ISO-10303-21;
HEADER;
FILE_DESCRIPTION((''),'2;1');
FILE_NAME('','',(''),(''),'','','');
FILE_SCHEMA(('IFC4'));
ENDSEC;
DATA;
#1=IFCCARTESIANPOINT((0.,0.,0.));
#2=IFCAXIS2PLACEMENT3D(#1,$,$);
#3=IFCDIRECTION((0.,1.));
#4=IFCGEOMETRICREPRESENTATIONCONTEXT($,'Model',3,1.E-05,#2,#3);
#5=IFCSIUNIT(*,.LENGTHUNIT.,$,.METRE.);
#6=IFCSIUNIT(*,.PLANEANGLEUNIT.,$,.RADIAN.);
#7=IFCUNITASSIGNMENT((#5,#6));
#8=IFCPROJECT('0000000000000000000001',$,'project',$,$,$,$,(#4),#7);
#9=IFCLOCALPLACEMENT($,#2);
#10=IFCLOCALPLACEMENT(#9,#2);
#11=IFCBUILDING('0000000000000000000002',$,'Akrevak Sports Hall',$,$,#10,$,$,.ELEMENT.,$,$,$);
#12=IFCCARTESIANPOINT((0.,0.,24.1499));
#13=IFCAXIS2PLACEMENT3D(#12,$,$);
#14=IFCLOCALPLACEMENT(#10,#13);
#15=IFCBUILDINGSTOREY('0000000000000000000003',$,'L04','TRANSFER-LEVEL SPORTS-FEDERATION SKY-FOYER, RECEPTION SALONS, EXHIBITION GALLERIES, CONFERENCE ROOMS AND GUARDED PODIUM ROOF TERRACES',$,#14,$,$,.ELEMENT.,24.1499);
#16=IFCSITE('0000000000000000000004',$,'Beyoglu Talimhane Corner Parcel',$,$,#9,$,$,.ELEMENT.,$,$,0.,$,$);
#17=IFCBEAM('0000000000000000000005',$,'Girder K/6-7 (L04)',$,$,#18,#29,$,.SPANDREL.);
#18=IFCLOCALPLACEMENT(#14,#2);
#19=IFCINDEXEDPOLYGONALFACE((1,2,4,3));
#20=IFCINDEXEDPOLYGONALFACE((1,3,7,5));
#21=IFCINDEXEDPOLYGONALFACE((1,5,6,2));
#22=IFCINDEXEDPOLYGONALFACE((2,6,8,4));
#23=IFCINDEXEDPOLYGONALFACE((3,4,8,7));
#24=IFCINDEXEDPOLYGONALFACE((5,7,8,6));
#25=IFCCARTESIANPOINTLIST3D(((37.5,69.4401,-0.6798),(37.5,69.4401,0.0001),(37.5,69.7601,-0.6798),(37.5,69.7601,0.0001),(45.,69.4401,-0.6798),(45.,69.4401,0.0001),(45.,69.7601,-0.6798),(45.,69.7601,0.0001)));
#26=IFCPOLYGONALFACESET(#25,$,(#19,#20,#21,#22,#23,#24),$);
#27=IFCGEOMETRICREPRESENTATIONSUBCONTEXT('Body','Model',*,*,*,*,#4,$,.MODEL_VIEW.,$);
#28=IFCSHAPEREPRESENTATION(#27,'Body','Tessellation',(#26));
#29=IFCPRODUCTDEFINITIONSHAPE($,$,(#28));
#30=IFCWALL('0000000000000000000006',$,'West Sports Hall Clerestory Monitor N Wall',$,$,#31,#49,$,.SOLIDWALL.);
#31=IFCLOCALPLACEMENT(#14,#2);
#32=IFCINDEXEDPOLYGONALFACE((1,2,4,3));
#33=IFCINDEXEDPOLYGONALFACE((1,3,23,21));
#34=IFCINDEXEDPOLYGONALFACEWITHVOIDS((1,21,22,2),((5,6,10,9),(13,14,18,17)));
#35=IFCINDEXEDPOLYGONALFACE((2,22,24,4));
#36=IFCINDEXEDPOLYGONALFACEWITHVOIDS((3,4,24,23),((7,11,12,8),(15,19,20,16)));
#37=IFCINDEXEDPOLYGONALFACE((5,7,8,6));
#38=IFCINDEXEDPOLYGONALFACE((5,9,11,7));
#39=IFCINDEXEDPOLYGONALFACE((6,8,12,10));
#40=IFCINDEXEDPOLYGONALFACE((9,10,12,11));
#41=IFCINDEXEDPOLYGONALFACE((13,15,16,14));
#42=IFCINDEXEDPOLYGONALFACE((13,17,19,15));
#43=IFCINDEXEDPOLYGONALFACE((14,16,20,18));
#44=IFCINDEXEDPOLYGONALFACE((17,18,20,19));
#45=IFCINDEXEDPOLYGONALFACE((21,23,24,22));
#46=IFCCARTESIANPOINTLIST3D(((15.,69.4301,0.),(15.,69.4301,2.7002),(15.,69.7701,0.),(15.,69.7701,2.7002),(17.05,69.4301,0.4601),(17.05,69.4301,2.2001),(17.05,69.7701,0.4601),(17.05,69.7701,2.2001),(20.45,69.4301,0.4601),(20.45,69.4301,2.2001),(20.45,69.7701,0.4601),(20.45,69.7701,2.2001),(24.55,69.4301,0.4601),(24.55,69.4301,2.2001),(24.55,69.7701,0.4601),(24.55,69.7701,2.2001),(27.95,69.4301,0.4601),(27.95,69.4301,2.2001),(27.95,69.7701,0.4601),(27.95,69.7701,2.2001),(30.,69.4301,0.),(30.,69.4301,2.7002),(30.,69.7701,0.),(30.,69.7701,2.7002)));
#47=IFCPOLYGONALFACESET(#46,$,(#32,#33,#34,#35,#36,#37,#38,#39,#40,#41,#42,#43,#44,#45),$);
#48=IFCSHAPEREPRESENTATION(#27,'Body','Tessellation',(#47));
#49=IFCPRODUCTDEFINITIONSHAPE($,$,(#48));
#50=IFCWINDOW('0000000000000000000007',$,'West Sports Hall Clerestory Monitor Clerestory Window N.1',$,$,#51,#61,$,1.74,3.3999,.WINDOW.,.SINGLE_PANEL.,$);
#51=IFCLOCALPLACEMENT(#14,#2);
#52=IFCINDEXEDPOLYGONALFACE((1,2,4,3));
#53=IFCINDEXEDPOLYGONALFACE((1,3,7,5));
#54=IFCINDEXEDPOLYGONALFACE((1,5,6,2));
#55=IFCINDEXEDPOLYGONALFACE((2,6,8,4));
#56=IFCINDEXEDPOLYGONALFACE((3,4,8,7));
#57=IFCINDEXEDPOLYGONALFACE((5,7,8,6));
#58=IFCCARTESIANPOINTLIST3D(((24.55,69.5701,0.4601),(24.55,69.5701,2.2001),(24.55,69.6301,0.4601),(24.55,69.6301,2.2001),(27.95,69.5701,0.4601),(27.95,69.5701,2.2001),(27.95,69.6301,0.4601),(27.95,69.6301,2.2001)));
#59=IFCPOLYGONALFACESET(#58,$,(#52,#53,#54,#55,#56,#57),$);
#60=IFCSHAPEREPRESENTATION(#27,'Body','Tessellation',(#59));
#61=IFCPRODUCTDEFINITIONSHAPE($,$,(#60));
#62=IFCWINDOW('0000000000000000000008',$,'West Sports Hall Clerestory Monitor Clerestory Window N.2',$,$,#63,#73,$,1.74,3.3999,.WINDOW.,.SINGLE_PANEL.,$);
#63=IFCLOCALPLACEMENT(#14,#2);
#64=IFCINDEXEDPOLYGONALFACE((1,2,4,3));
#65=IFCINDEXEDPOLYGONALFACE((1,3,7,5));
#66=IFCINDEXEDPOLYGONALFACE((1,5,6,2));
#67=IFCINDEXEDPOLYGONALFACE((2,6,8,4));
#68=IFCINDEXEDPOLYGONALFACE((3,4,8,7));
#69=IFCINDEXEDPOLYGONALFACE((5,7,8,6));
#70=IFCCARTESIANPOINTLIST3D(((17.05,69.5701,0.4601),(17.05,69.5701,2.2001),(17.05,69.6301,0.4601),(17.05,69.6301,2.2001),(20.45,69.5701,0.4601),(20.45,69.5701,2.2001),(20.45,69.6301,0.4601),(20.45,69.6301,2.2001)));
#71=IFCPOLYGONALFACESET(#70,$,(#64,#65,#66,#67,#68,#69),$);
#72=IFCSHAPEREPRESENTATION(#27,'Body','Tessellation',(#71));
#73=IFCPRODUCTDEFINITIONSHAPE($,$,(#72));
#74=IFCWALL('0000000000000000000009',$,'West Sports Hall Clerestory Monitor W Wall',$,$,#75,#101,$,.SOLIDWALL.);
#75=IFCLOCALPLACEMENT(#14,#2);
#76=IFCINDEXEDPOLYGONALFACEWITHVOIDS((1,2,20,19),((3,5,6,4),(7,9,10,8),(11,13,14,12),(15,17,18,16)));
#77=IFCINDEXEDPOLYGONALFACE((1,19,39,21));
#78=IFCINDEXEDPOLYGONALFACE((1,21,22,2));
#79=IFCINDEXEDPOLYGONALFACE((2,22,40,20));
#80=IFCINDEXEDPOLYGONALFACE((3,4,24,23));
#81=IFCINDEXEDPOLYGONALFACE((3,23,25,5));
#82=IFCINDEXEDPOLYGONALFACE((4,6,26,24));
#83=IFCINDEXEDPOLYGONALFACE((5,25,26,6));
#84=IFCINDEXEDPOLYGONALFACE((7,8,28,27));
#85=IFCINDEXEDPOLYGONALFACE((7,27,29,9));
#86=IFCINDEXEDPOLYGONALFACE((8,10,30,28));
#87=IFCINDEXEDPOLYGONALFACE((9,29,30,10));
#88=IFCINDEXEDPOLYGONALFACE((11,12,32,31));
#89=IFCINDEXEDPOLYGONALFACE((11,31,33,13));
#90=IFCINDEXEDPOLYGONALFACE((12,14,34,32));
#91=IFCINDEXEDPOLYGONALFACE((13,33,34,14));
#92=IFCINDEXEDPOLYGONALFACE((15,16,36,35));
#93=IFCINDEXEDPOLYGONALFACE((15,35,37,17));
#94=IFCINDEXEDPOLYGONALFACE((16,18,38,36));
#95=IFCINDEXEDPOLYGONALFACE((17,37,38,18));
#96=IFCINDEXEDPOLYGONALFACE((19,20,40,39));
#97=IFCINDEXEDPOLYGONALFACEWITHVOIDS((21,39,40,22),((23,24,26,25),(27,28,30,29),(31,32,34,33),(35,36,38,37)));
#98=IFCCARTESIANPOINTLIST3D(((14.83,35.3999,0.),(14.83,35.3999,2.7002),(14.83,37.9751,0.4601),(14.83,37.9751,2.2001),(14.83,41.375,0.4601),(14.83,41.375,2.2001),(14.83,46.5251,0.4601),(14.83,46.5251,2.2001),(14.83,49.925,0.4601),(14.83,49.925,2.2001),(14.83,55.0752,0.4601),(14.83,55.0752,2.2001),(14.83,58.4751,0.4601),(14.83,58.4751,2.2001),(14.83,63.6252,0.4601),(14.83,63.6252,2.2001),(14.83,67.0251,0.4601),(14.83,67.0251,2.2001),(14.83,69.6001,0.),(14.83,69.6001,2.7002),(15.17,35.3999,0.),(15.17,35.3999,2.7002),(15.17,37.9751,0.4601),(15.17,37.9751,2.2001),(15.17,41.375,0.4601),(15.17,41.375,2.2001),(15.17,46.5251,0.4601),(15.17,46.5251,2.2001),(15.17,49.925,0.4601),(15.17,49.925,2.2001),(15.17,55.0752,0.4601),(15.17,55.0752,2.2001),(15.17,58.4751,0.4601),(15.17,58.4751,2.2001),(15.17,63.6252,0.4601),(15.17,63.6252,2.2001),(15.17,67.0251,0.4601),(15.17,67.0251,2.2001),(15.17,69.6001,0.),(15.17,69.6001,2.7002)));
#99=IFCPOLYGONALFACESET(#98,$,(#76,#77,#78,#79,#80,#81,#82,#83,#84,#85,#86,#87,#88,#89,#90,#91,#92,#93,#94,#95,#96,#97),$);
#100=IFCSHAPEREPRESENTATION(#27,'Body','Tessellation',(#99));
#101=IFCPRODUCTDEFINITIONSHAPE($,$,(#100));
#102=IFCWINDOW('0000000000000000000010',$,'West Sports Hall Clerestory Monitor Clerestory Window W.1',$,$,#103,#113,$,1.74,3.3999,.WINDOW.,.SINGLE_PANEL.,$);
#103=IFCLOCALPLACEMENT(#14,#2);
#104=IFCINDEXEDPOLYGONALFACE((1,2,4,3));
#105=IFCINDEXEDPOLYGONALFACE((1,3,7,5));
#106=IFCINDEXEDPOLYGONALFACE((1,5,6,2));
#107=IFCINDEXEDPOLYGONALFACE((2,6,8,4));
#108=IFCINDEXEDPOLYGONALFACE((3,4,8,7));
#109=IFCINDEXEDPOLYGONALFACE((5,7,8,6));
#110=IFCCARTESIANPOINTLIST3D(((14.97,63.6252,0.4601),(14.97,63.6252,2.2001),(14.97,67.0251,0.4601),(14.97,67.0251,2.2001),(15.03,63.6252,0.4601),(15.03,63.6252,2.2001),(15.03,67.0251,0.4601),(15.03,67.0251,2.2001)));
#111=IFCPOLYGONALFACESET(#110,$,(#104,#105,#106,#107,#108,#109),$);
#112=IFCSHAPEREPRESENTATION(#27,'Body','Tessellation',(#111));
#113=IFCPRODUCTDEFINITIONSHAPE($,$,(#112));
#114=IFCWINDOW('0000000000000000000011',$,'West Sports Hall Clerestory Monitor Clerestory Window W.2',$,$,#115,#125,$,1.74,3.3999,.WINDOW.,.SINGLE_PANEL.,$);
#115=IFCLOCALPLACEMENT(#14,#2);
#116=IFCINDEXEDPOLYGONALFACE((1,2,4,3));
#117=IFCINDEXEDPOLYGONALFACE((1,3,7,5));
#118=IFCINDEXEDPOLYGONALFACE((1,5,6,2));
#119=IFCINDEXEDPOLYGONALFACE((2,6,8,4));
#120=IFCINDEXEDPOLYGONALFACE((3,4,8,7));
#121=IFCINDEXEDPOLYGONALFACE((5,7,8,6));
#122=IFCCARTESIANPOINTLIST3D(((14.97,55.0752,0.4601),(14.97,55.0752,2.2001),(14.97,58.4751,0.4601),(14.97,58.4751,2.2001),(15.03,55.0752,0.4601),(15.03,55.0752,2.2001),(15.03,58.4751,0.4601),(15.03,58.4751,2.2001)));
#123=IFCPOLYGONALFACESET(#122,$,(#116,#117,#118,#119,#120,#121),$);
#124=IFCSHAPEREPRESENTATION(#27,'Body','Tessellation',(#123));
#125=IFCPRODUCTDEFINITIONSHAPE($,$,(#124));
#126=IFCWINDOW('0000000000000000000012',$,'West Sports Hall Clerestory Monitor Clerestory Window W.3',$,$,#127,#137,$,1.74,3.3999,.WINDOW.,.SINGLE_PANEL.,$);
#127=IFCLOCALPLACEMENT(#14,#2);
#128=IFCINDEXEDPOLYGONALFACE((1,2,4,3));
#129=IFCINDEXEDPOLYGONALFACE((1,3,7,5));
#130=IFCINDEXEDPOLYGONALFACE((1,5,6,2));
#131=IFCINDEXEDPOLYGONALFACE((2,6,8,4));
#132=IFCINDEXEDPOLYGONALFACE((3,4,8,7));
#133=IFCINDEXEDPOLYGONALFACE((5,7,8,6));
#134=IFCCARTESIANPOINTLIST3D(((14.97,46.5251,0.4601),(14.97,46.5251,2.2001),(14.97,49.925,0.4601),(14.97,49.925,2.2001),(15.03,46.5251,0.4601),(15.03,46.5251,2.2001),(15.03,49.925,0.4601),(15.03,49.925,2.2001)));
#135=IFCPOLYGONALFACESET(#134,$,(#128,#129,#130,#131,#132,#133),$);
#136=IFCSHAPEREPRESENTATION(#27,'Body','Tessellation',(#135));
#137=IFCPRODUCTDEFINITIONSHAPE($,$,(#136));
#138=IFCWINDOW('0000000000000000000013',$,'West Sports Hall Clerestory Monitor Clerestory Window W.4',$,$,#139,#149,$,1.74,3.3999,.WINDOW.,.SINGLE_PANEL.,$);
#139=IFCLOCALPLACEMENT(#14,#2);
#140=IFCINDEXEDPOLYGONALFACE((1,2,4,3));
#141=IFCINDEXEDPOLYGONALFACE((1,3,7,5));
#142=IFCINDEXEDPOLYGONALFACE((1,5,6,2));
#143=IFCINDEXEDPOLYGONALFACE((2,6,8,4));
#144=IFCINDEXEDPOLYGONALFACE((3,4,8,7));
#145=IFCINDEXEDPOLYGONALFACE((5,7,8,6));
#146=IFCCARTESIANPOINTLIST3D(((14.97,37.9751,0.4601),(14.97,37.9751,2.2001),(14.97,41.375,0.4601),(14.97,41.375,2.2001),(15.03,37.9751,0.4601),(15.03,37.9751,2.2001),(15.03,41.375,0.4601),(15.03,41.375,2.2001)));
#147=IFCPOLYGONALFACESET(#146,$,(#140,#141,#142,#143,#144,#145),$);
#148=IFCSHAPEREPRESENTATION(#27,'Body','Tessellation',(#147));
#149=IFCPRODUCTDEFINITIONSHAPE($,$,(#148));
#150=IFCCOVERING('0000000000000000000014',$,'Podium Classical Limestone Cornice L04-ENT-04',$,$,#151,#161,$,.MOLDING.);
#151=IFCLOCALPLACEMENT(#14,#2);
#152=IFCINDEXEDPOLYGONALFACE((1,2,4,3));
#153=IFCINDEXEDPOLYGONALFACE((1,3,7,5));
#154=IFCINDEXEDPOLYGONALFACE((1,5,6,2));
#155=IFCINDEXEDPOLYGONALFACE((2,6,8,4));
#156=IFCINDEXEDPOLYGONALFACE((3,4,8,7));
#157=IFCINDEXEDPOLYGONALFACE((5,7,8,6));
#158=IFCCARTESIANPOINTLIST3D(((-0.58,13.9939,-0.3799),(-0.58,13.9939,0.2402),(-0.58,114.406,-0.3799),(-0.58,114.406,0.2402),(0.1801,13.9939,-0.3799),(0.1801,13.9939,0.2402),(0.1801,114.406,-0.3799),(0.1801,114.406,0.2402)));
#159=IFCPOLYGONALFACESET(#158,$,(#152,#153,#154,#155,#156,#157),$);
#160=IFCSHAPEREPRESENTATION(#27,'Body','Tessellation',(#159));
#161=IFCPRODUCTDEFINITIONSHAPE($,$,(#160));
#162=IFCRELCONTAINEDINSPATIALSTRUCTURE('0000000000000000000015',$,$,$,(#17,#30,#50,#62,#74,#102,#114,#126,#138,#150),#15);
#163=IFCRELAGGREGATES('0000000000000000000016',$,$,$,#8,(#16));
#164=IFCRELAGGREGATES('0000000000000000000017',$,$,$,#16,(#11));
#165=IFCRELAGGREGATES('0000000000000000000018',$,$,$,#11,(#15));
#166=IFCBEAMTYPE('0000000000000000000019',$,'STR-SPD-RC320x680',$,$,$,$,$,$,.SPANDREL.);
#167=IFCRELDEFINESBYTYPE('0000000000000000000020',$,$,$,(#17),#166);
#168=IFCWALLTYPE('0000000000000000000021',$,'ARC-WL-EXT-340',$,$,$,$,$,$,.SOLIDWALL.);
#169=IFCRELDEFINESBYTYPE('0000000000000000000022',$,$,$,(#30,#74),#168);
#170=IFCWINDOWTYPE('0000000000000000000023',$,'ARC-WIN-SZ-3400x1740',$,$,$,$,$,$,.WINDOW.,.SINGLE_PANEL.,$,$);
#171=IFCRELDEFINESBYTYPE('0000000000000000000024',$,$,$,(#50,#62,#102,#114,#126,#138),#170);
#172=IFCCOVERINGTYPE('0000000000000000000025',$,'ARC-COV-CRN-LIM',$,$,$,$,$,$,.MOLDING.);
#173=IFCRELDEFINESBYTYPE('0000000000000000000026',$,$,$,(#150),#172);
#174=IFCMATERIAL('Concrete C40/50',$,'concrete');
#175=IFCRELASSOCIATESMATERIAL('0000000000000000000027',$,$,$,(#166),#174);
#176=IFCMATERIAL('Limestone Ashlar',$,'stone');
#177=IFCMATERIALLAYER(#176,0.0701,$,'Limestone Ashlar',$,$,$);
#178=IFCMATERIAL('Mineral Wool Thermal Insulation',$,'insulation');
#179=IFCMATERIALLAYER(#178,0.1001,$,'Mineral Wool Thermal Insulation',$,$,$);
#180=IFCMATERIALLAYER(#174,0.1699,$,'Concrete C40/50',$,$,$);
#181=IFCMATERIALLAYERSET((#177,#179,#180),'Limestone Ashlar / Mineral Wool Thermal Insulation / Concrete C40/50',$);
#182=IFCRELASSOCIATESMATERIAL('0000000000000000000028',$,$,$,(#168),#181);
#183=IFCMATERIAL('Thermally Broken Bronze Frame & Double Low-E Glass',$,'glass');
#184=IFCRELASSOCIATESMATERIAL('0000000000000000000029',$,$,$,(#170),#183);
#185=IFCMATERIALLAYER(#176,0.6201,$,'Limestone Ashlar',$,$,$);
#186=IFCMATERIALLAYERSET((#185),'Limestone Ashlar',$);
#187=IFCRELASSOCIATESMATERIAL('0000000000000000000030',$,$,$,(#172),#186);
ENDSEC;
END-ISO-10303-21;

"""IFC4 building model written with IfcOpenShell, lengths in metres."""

from ifc_helpers import new_model, si_unit, direction, frame, frame_2d, origin, origin_2d, place, context, subcontext, project, spatial, rectangle, extrude, material, layer, layer_set, material_profile, profile_set, type_object, element, fill, save


model = new_model("IFC4")

# Units and contexts
model_context = context("Model", 3, precision=1e-05, world=origin(), true_north=direction((0.0, 1.0)))
body_context = subcontext(model_context, "Body", "Model", "MODEL_VIEW")
ifc_project = project(units=[si_unit("LENGTHUNIT", "METRE"), si_unit("PLANEANGLEUNIT", "RADIAN")], contexts=[model_context])

# Site, building, storey
site_placement = place(None, origin())
site = spatial("IfcSite", under=ifc_project, at=site_placement, Name="Beyoglu Talimhane Corner Parcel", CompositionType="ELEMENT", RefElevation=0.0)
building_placement = place(site_placement, origin())
building = spatial("IfcBuilding", under=site, at=building_placement, Name="Akrevak Sports Hall", CompositionType="ELEMENT")
storey_placement = place(building_placement, frame((0.0, 0.0, 24.1499)))
storey = spatial("IfcBuildingStorey", under=building, at=storey_placement, Name="L04", Description="TRANSFER-LEVEL SPORTS-FEDERATION SKY-FOYER, RECEPTION SALONS, EXHIBITION GALLERIES, CONFERENCE ROOMS AND GUARDED PODIUM ROOF TERRACES", CompositionType="ELEMENT", Elevation=24.1499)

# Shared definitions
ifc_material_1 = material(Name="Concrete C40/50", Category="concrete")

# Beam
ifc_material_profile_1 = material_profile(ifc_material_1, rectangle(XDim=0.3201, YDim=0.6799, at=origin_2d()), Name="SPD 320x680", Category="concrete")
ifc_profile_set_1 = profile_set([ifc_material_profile_1], Name="Concrete C40/50")
beam_type_1 = type_object("IfcBeamType", Name="STR-SPD-RC320x680", PredefinedType="SPANDREL", material=ifc_profile_set_1)
for number, where, z_axis, x_axis, name in (
    (1, (37.5, 69.6001, -0.3398), (1.0, 0.0, 0.0), (0.0, 1.0, 0.0), "Girder K/6-7 (L04)"),
):
    element("IfcBeam", number, at=place(storey_placement, frame(where, z_axis=z_axis, x_axis=x_axis)), inside=storey, type_object=beam_type_1, Name=name, PredefinedType="SPANDREL", context=body_context, shape_type="SweptSolid", body=[
        extrude(rectangle(XDim=0.3201, YDim=0.6799, at=origin_2d()), origin(), (0.0, 0.0, 1.0), 7.5),
    ])

# Walls, openings, windows
ifc_material_2 = material(Name="Limestone Ashlar", Category="stone")
ifc_layer_1 = layer(ifc_material_2, 0.0701, Name="Limestone Ashlar")
ifc_material_3 = material(Name="Mineral Wool Thermal Insulation", Category="insulation")
ifc_layer_2 = layer(ifc_material_3, 0.1001, Name="Mineral Wool Thermal Insulation")
ifc_layer_3 = layer(ifc_material_1, 0.1699, Name="Concrete C40/50")
ifc_layer_set_1 = layer_set([ifc_layer_1, ifc_layer_2, ifc_layer_3], Name="Limestone Ashlar / Mineral Wool Thermal Insulation / Concrete C40/50")
wall_type = type_object("IfcWallType", Name="ARC-WL-EXT-340", PredefinedType="SOLIDWALL", material=ifc_layer_set_1)
wall_1_placement = place(storey_placement, frame((30.0, 69.6001, 0.0), z_axis=(0.0, 0.0, 1.0), x_axis=(-1.0, 0.0, 0.0)))
wall_1 = element("IfcWall", 2, at=wall_1_placement, inside=storey, type_object=wall_type, Name="West Sports Hall Clerestory Monitor N Wall", PredefinedType="SOLIDWALL", context=body_context, shape_type="SweptSolid", body=[
    extrude(rectangle(XDim=15.0, YDim=0.3401, at=frame_2d((7.5, 0.0))), origin(), (0.0, 0.0, 1.0), 2.7002),
])
opening_1_placement = place(wall_1_placement, frame((2.05, 0.0, 0.46)))
opening_1 = element("IfcOpeningElement", 3, at=opening_1_placement, cuts=wall_1, PredefinedType="OPENING", context=body_context, shape_type="SweptSolid", body=[
    extrude(rectangle(XDim=3.3999, YDim=1.74, at=frame_2d((1.7, 0.8701))), frame((0.0, 0.1821, 0.0), z_axis=(0.0, -1.0, 0.0), x_axis=(1.0, 0.0, 0.0)), (0.0, 0.0, 1.0), 0.364),
])
opening_2_placement = place(wall_1_placement, frame((9.55, 0.0, 0.46)))
opening_2 = element("IfcOpeningElement", 4, at=opening_2_placement, cuts=wall_1, PredefinedType="OPENING", context=body_context, shape_type="SweptSolid", body=[
    extrude(rectangle(XDim=3.3999, YDim=1.74, at=frame_2d((1.7, 0.8701))), frame((0.0, 0.1821, 0.0), z_axis=(0.0, -1.0, 0.0), x_axis=(1.0, 0.0, 0.0)), (0.0, 0.0, 1.0), 0.364),
])
ifc_material_4 = material(Name="Thermally Broken Bronze Frame & Double Low-E Glass", Category="glass")
window_type = type_object("IfcWindowType", Name="ARC-WIN-SZ-3400x1740", PartitioningType="SINGLE_PANEL", PredefinedType="WINDOW", material=ifc_material_4)
window_1_placement = place(opening_1_placement, origin())
window_1 = element("IfcWindow", 5, at=window_1_placement, inside=storey, type_object=window_type, Name="West Sports Hall Clerestory Monitor Clerestory Window N.1", OverallHeight=1.74, OverallWidth=3.3999, PartitioningType="SINGLE_PANEL", PredefinedType="WINDOW", context=body_context, shape_type="SweptSolid", body=[
    extrude(rectangle(XDim=3.3999, YDim=1.74, at=frame_2d((1.7, 0.8701))), frame((0.0, 0.03, 0.0), z_axis=(0.0, -1.0, 0.0), x_axis=(1.0, 0.0, 0.0)), (0.0, 0.0, 1.0), 0.0601),
])
fill(opening_1, window_1)
window_2_placement = place(opening_2_placement, origin())
window_2 = element("IfcWindow", 6, at=window_2_placement, inside=storey, type_object=window_type, Name="West Sports Hall Clerestory Monitor Clerestory Window N.2", OverallHeight=1.74, OverallWidth=3.3999, PartitioningType="SINGLE_PANEL", PredefinedType="WINDOW", context=body_context, shape_type="SweptSolid", body=[
    extrude(rectangle(XDim=3.3999, YDim=1.74, at=frame_2d((1.7, 0.8701))), frame((0.0, 0.03, 0.0), z_axis=(0.0, -1.0, 0.0), x_axis=(1.0, 0.0, 0.0)), (0.0, 0.0, 1.0), 0.0601),
])
fill(opening_2, window_2)
wall_2_placement = place(storey_placement, frame((15.0, 69.6001, 0.0), z_axis=(0.0, 0.0, 1.0), x_axis=(0.0, -1.0, 0.0)))
wall_2 = element("IfcWall", 7, at=wall_2_placement, inside=storey, type_object=wall_type, Name="West Sports Hall Clerestory Monitor W Wall", PredefinedType="SOLIDWALL", context=body_context, shape_type="SweptSolid", body=[
    extrude(rectangle(XDim=34.2002, YDim=0.3401, at=frame_2d((17.1001, 0.0))), origin(), (0.0, 0.0, 1.0), 2.7002),
])
opening_3_placement = place(wall_2_placement, frame((2.575, 0.0, 0.46)))
opening_3 = element("IfcOpeningElement", 8, at=opening_3_placement, cuts=wall_2, PredefinedType="OPENING", context=body_context, shape_type="SweptSolid", body=[
    extrude(rectangle(XDim=3.3999, YDim=1.74, at=frame_2d((1.7, 0.8701))), frame((0.0, 0.1821, 0.0), z_axis=(0.0, -1.0, 0.0), x_axis=(1.0, 0.0, 0.0)), (0.0, 0.0, 1.0), 0.364),
])
opening_4_placement = place(wall_2_placement, frame((11.125, 0.0, 0.46)))
opening_4 = element("IfcOpeningElement", 9, at=opening_4_placement, cuts=wall_2, PredefinedType="OPENING", context=body_context, shape_type="SweptSolid", body=[
    extrude(rectangle(XDim=3.3999, YDim=1.74, at=frame_2d((1.7, 0.8701))), frame((0.0, 0.1821, 0.0), z_axis=(0.0, -1.0, 0.0), x_axis=(1.0, 0.0, 0.0)), (0.0, 0.0, 1.0), 0.364),
])
opening_5_placement = place(wall_2_placement, frame((19.675, 0.0, 0.46)))
opening_5 = element("IfcOpeningElement", 10, at=opening_5_placement, cuts=wall_2, PredefinedType="OPENING", context=body_context, shape_type="SweptSolid", body=[
    extrude(rectangle(XDim=3.3999, YDim=1.74, at=frame_2d((1.7, 0.8701))), frame((0.0, 0.1821, 0.0), z_axis=(0.0, -1.0, 0.0), x_axis=(1.0, 0.0, 0.0)), (0.0, 0.0, 1.0), 0.364),
])
opening_6_placement = place(wall_2_placement, frame((28.2251, 0.0, 0.46)))
opening_6 = element("IfcOpeningElement", 11, at=opening_6_placement, cuts=wall_2, PredefinedType="OPENING", context=body_context, shape_type="SweptSolid", body=[
    extrude(rectangle(XDim=3.3999, YDim=1.74, at=frame_2d((1.7, 0.8701))), frame((0.0, 0.1821, 0.0), z_axis=(0.0, -1.0, 0.0), x_axis=(1.0, 0.0, 0.0)), (0.0, 0.0, 1.0), 0.364),
])
window_3_placement = place(opening_3_placement, origin())
window_3 = element("IfcWindow", 12, at=window_3_placement, inside=storey, type_object=window_type, Name="West Sports Hall Clerestory Monitor Clerestory Window W.1", OverallHeight=1.74, OverallWidth=3.3999, PartitioningType="SINGLE_PANEL", PredefinedType="WINDOW", context=body_context, shape_type="SweptSolid", body=[
    extrude(rectangle(XDim=3.3999, YDim=1.74, at=frame_2d((1.7, 0.8701))), frame((0.0, 0.03, 0.0), z_axis=(0.0, -1.0, 0.0), x_axis=(1.0, 0.0, 0.0)), (0.0, 0.0, 1.0), 0.0601),
])
fill(opening_3, window_3)
window_4_placement = place(opening_4_placement, origin())
window_4 = element("IfcWindow", 13, at=window_4_placement, inside=storey, type_object=window_type, Name="West Sports Hall Clerestory Monitor Clerestory Window W.2", OverallHeight=1.74, OverallWidth=3.3999, PartitioningType="SINGLE_PANEL", PredefinedType="WINDOW", context=body_context, shape_type="SweptSolid", body=[
    extrude(rectangle(XDim=3.3999, YDim=1.74, at=frame_2d((1.7, 0.8701))), frame((0.0, 0.03, 0.0), z_axis=(0.0, -1.0, 0.0), x_axis=(1.0, 0.0, 0.0)), (0.0, 0.0, 1.0), 0.0601),
])
fill(opening_4, window_4)
window_5_placement = place(opening_5_placement, origin())
window_5 = element("IfcWindow", 14, at=window_5_placement, inside=storey, type_object=window_type, Name="West Sports Hall Clerestory Monitor Clerestory Window W.3", OverallHeight=1.74, OverallWidth=3.3999, PartitioningType="SINGLE_PANEL", PredefinedType="WINDOW", context=body_context, shape_type="SweptSolid", body=[
    extrude(rectangle(XDim=3.3999, YDim=1.74, at=frame_2d((1.7, 0.8701))), frame((0.0, 0.03, 0.0), z_axis=(0.0, -1.0, 0.0), x_axis=(1.0, 0.0, 0.0)), (0.0, 0.0, 1.0), 0.0601),
])
fill(opening_5, window_5)
window_6_placement = place(opening_6_placement, origin())
window_6 = element("IfcWindow", 15, at=window_6_placement, inside=storey, type_object=window_type, Name="West Sports Hall Clerestory Monitor Clerestory Window W.4", OverallHeight=1.74, OverallWidth=3.3999, PartitioningType="SINGLE_PANEL", PredefinedType="WINDOW", context=body_context, shape_type="SweptSolid", body=[
    extrude(rectangle(XDim=3.3999, YDim=1.74, at=frame_2d((1.7, 0.8701))), frame((0.0, 0.03, 0.0), z_axis=(0.0, -1.0, 0.0), x_axis=(1.0, 0.0, 0.0)), (0.0, 0.0, 1.0), 0.0601),
])
fill(opening_6, window_6)

# Covering
ifc_layer_4 = layer(ifc_material_2, 0.6201, Name="Limestone Ashlar")
ifc_layer_set_2 = layer_set([ifc_layer_4], Name="Limestone Ashlar")
covering_type_1 = type_object("IfcCoveringType", Name="ARC-COV-CRN-LIM", PredefinedType="MOLDING", material=ifc_layer_set_2)
covering_1_placement = place(storey_placement, frame((-0.2, 64.2, -0.3799), z_axis=(0.0, 0.0, 1.0), x_axis=(0.0, -1.0, 0.0)))
element("IfcCovering", 16, at=covering_1_placement, inside=storey, type_object=covering_type_1, Name="Podium Classical Limestone Cornice L04-ENT-04", PredefinedType="MOLDING", context=body_context, shape_type="SweptSolid", body=[
    extrude(rectangle(XDim=100.4121, YDim=0.76, at=origin_2d()), origin(), (0.0, 0.0, 1.0), 0.6201),
])

save(model, "model.ifc")
